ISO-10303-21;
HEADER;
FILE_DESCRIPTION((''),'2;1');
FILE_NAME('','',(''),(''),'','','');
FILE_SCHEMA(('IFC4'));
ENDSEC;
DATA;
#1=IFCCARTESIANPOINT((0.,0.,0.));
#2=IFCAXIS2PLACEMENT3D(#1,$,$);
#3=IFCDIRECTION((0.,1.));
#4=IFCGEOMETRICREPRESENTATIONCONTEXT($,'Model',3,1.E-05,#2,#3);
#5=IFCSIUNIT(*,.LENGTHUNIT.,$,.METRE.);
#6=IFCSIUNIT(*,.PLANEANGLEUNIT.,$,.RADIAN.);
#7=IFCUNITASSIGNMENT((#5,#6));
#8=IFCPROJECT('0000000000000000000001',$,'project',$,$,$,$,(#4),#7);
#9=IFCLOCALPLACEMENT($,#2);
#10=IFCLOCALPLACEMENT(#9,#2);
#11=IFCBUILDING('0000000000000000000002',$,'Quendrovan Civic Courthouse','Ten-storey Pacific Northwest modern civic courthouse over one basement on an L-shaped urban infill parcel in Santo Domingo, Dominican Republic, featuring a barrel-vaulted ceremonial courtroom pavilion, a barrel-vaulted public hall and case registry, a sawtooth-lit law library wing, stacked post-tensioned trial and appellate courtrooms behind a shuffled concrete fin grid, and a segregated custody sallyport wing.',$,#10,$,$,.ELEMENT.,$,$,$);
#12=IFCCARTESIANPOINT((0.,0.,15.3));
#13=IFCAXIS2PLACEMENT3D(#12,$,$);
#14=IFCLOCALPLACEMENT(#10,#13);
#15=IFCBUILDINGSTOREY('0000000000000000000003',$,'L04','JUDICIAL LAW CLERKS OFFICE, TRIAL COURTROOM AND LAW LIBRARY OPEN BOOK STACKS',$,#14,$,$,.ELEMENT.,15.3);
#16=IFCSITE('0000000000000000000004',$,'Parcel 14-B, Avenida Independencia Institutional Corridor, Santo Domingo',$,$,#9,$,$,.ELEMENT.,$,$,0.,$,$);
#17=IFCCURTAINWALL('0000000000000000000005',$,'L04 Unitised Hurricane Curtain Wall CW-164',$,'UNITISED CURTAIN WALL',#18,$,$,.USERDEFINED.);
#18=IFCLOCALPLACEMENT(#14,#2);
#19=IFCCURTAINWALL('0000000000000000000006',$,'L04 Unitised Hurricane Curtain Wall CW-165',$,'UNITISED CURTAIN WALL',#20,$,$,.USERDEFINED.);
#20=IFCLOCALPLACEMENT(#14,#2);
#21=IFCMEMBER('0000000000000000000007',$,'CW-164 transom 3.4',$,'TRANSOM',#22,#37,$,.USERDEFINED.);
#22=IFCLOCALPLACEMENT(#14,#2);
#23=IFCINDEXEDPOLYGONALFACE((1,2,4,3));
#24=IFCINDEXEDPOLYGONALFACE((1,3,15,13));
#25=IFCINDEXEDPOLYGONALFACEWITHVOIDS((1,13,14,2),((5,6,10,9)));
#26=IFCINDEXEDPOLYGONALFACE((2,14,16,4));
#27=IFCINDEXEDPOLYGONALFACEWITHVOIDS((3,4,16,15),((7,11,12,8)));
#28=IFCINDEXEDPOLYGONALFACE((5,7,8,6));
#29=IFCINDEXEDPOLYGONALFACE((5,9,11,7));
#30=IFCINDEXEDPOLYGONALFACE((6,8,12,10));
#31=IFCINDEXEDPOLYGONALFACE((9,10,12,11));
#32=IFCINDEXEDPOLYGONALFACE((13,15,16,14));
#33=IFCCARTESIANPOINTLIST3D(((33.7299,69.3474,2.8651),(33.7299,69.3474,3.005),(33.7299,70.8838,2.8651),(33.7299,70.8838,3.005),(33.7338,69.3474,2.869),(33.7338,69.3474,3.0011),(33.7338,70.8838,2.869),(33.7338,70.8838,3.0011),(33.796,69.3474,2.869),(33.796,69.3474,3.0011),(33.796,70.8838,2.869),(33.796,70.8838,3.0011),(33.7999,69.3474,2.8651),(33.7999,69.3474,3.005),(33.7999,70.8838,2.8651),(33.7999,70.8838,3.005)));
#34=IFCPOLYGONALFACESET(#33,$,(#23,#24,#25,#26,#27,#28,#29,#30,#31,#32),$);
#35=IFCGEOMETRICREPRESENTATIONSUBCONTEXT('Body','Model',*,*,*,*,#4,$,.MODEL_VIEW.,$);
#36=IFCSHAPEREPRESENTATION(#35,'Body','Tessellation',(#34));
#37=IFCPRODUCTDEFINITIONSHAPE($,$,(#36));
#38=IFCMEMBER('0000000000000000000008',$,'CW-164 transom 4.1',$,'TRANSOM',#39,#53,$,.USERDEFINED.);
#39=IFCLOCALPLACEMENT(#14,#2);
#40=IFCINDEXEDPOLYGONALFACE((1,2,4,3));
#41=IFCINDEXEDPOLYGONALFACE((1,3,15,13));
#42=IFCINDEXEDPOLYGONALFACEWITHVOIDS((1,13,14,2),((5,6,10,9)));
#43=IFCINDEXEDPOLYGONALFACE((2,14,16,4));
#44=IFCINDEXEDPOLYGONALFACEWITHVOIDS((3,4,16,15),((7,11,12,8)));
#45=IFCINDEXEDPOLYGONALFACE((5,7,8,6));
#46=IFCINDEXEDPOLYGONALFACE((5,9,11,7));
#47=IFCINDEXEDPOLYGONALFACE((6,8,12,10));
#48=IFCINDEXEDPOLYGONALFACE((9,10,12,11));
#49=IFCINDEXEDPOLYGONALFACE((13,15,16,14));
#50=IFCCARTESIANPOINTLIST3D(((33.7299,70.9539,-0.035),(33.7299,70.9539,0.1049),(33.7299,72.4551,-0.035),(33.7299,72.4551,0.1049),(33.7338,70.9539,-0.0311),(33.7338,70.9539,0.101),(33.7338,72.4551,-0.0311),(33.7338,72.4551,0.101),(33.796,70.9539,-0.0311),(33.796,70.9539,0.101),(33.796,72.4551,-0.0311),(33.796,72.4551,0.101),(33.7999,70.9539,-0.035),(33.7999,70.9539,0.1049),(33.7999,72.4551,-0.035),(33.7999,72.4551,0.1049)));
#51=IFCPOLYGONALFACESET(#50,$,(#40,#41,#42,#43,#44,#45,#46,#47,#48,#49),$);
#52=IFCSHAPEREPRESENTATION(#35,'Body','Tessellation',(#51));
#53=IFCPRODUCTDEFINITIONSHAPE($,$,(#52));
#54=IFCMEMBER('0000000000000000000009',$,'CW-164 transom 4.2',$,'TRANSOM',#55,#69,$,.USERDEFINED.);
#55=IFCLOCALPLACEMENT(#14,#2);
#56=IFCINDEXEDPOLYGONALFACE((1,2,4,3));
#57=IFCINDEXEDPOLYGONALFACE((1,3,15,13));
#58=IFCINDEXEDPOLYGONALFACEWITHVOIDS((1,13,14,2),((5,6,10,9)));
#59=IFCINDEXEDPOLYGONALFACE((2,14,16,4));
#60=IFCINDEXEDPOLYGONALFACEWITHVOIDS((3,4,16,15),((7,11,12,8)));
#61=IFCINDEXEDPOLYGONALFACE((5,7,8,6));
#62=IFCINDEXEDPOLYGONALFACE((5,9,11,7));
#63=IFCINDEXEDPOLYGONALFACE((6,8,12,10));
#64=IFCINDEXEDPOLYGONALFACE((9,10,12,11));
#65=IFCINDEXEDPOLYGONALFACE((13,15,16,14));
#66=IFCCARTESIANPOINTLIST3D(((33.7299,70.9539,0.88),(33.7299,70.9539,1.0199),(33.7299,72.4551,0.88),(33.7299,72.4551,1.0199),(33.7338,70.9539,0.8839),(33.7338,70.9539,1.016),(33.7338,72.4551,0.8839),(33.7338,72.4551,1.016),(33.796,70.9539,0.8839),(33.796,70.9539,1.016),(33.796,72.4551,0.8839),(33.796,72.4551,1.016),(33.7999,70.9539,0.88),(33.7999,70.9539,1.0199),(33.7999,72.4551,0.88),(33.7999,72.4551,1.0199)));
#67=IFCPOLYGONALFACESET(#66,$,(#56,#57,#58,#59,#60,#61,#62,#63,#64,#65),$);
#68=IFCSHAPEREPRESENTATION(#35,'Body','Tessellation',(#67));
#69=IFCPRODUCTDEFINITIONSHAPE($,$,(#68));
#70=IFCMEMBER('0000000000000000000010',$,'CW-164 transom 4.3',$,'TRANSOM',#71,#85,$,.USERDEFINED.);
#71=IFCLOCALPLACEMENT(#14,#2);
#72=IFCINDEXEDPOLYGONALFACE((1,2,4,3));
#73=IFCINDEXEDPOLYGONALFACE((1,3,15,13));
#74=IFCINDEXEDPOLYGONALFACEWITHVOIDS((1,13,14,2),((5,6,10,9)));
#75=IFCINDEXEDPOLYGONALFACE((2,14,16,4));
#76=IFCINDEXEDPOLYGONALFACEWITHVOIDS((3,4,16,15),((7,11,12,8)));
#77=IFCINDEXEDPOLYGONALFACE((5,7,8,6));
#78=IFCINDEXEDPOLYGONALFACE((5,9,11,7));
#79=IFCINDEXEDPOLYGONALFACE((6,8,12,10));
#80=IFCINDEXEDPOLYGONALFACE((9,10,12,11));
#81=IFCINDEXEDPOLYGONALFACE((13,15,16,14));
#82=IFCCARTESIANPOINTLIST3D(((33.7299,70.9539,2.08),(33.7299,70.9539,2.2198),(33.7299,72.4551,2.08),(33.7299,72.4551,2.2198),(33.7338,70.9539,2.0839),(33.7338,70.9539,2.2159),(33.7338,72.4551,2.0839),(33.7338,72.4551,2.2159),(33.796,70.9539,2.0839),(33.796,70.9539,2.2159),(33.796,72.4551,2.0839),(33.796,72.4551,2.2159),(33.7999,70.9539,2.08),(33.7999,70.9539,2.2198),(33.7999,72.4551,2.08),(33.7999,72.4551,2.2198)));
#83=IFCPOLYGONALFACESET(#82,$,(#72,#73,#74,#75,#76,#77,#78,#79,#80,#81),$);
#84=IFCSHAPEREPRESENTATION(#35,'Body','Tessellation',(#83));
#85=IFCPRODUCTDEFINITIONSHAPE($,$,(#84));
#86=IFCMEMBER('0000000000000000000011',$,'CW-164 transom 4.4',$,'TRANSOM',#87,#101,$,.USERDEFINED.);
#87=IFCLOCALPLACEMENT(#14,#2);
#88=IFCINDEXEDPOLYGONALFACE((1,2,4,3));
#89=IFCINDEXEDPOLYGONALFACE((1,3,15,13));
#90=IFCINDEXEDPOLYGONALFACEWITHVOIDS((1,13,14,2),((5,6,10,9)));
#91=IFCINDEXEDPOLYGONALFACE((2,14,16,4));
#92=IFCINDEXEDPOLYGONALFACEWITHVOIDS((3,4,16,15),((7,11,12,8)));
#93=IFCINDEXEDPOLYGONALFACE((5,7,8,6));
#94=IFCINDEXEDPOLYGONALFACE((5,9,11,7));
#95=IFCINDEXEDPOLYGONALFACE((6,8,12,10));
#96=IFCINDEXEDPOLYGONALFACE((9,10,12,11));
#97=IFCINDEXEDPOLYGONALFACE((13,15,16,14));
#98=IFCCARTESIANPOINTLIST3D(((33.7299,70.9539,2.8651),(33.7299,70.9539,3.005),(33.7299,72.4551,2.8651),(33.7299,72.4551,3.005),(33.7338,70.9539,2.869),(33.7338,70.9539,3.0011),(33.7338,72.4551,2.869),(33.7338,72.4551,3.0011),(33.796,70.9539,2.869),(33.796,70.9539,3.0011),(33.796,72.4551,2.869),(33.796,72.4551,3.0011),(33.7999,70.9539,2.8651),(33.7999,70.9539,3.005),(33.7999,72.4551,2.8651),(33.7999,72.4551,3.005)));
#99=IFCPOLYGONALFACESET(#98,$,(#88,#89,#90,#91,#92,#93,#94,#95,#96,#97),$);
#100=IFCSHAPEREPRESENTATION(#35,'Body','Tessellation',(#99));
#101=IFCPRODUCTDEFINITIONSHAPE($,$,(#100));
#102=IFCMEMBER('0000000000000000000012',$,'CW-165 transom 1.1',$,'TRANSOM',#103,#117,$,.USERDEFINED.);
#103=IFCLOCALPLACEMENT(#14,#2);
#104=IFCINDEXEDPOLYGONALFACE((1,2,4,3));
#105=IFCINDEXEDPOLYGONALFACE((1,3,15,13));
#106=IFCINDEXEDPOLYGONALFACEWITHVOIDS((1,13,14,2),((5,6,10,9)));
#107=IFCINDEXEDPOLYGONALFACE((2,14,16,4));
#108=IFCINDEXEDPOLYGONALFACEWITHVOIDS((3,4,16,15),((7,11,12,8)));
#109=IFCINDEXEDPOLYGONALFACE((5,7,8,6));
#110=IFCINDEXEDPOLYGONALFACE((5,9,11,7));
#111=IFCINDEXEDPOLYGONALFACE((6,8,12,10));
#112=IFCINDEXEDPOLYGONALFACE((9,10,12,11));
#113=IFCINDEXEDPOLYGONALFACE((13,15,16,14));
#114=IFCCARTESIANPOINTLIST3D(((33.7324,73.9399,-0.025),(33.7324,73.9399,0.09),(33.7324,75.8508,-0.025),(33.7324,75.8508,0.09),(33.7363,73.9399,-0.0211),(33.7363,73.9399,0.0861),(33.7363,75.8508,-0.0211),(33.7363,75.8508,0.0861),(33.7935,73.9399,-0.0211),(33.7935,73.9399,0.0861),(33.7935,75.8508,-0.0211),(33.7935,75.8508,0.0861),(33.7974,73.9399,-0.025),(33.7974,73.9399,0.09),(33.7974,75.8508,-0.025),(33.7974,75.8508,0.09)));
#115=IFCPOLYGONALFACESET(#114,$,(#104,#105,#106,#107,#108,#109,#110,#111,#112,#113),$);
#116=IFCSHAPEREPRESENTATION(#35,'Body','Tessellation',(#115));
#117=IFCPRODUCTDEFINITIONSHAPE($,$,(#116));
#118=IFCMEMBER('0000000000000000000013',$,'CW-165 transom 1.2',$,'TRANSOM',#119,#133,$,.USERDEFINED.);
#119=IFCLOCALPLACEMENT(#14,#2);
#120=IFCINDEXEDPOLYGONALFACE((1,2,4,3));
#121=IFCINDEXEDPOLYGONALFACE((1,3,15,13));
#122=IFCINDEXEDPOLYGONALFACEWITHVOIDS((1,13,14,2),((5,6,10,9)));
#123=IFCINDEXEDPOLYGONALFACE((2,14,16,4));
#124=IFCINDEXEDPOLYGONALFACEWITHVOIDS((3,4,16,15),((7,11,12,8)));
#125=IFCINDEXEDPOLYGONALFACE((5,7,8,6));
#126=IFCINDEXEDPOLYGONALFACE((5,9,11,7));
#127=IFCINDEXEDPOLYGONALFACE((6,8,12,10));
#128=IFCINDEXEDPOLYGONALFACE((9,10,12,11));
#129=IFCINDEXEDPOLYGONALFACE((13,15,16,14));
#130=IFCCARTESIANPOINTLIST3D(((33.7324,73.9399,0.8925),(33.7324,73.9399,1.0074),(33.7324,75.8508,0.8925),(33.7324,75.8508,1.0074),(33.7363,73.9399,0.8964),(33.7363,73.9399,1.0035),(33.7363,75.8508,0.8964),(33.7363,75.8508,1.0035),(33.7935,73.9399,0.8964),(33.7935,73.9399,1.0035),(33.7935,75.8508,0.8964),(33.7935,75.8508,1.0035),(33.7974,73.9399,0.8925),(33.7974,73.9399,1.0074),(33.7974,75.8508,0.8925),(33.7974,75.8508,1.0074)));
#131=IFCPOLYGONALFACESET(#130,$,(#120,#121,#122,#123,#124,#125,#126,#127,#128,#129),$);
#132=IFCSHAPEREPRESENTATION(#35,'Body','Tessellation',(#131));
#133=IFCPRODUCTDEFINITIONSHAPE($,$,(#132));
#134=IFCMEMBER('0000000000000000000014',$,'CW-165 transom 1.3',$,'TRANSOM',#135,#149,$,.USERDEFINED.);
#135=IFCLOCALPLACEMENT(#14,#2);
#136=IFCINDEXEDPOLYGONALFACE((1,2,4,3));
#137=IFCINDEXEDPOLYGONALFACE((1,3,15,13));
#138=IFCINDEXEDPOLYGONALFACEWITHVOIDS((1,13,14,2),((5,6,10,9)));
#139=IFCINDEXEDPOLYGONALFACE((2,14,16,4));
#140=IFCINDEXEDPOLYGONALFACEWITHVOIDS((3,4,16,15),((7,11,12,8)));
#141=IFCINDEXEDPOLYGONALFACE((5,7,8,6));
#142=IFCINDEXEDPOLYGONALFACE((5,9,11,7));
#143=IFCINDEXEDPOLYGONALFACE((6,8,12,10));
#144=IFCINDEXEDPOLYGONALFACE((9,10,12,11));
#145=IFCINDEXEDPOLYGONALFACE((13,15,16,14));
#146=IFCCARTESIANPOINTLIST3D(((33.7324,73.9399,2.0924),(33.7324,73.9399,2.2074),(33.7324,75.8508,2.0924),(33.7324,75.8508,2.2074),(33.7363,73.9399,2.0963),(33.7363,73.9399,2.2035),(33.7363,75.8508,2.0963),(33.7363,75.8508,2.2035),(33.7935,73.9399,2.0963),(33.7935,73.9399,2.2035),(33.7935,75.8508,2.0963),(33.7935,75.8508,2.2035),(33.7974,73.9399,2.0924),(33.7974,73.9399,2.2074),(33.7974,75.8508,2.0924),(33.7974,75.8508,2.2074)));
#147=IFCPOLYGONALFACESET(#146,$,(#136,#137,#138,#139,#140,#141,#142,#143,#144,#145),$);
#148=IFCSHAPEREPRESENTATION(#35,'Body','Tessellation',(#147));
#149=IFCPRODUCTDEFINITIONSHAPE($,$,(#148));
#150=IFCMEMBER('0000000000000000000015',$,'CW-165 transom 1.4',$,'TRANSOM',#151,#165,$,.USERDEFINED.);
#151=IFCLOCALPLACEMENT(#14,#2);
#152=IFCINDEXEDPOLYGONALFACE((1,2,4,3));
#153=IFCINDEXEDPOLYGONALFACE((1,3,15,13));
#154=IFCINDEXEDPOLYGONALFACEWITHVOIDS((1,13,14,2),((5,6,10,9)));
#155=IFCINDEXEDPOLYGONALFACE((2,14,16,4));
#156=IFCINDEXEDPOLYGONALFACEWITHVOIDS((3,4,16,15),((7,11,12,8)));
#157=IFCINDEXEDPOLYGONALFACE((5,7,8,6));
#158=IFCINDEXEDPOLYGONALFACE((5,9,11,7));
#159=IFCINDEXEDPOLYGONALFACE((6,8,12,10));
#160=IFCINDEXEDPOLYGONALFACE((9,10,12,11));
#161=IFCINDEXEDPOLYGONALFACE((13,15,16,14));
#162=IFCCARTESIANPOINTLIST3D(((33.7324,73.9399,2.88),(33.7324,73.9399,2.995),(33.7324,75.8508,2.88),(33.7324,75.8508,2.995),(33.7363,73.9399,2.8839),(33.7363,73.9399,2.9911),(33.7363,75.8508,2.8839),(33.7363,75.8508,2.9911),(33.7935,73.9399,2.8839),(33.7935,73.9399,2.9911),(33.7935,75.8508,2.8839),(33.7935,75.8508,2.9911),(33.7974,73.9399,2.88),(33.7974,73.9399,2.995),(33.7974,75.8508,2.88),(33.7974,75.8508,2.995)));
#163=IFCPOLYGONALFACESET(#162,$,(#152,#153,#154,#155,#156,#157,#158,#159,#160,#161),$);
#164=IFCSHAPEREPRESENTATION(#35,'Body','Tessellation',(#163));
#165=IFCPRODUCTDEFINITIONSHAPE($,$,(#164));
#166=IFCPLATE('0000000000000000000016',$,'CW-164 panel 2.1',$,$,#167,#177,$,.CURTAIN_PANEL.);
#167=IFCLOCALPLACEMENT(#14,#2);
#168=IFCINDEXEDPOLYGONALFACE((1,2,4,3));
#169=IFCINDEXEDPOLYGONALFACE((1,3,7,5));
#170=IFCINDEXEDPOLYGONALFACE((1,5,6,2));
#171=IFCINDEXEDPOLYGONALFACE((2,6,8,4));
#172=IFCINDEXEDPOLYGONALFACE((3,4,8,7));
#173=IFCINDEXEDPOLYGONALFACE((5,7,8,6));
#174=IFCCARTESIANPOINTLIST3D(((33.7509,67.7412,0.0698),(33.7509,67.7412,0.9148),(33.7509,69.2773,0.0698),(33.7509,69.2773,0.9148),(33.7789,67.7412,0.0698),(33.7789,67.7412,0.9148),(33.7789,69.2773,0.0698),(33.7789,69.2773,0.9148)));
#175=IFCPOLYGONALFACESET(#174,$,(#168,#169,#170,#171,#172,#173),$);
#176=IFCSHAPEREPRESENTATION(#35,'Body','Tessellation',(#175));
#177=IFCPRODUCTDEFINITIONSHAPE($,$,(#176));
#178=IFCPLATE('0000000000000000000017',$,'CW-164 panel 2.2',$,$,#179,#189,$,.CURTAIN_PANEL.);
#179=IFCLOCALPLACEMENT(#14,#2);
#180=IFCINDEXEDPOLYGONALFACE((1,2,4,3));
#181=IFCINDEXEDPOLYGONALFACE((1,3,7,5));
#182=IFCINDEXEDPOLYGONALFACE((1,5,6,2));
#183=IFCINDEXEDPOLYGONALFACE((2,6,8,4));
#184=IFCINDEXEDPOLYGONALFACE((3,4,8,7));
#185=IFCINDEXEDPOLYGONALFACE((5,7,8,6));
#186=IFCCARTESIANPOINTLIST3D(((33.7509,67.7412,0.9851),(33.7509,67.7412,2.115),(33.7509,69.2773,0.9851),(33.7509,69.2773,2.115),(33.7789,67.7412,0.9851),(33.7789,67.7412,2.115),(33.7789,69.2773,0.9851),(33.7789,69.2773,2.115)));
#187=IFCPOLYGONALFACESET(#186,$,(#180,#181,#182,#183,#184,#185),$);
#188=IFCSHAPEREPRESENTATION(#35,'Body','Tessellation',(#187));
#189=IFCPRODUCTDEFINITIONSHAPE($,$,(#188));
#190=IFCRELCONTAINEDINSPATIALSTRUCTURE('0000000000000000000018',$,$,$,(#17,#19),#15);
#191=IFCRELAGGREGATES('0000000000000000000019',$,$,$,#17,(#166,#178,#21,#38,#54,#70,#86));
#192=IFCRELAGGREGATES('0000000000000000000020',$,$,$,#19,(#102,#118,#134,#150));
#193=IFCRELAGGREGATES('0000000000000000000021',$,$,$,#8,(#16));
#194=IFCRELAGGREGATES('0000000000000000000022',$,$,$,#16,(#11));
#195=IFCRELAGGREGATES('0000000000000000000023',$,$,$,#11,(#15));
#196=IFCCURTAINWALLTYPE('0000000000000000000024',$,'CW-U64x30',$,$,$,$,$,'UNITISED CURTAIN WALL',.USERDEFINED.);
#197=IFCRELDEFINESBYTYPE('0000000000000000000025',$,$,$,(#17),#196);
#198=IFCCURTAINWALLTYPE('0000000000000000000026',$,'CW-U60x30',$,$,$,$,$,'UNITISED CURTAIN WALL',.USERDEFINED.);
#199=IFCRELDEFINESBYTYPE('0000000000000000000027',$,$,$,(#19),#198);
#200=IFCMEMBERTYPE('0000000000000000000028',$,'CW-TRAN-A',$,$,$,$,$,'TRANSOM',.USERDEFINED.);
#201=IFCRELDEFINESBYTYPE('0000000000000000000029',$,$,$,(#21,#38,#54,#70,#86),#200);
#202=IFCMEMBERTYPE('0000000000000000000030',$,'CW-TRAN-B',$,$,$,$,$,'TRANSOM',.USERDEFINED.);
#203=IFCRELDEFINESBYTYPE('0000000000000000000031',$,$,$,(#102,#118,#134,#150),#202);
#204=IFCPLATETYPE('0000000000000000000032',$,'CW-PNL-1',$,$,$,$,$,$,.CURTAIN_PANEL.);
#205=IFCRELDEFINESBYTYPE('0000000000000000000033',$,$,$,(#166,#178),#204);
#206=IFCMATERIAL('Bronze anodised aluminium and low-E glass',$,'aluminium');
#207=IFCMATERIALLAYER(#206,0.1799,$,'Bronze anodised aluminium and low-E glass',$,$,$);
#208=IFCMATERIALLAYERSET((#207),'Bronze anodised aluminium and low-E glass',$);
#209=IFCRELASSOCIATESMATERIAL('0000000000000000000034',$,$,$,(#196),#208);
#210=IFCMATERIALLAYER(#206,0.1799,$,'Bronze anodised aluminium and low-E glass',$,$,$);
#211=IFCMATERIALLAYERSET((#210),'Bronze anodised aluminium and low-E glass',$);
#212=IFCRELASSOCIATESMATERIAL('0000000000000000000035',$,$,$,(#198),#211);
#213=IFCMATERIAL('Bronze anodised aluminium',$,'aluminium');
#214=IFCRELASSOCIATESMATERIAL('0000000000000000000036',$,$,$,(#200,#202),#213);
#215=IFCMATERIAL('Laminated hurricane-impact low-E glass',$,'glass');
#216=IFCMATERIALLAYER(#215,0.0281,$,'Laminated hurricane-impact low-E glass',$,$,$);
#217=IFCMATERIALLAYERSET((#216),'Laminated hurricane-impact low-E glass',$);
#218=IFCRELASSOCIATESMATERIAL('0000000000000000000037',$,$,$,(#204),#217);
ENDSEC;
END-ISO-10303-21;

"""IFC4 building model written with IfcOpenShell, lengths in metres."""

from ifc_helpers import new_model, si_unit, direction, frame, origin, origin_2d, place, context, subcontext, project, spatial, rectangle, hollow_rectangle, extrude, material, layer, layer_set, material_profile, profile_set, type_object, element, aggregate, save


model = new_model("IFC4")

# Units and contexts
model_context = context("Model", 3, precision=1e-05, world=origin(), true_north=direction((0.0, 1.0)))
body_context = subcontext(model_context, "Body", "Model", "MODEL_VIEW")
ifc_project = project(units=[si_unit("LENGTHUNIT", "METRE"), si_unit("PLANEANGLEUNIT", "RADIAN")], contexts=[model_context])

# Site, building, storey
site_placement = place(None, origin())
site = spatial("IfcSite", under=ifc_project, at=site_placement, Name="Parcel 14-B, Avenida Independencia Institutional Corridor, Santo Domingo", CompositionType="ELEMENT", RefElevation=0.0)
building_placement = place(site_placement, origin())
building = spatial("IfcBuilding", under=site, at=building_placement, Name="Quendrovan Civic Courthouse", Description="Ten-storey Pacific Northwest modern civic courthouse over one basement on an L-shaped urban infill parcel in Santo Domingo, Dominican Republic, featuring a barrel-vaulted ceremonial courtroom pavilion, a barrel-vaulted public hall and case registry, a sawtooth-lit law library wing, stacked post-tensioned trial and appellate courtrooms behind a shuffled concrete fin grid, and a segregated custody sallyport wing.", CompositionType="ELEMENT")
storey_placement = place(building_placement, frame((0.0, 0.0, 15.3)))
storey = spatial("IfcBuildingStorey", under=building, at=storey_placement, Name="L04", Description="JUDICIAL LAW CLERKS OFFICE, TRIAL COURTROOM AND LAW LIBRARY OPEN BOOK STACKS", CompositionType="ELEMENT", Elevation=15.3)

# Curtain wall
ifc_material_1 = material(Name="Bronze anodised aluminium and low-E glass", Category="aluminium")
ifc_layer_1 = layer(ifc_material_1, 0.1799, Name="Bronze anodised aluminium and low-E glass")
ifc_layer_set_1 = layer_set([ifc_layer_1], Name="Bronze anodised aluminium and low-E glass")
curtain_wall_type_1 = type_object("IfcCurtainWallType", Name="CW-U64x30", ElementType="UNITISED CURTAIN WALL", PredefinedType="USERDEFINED", material=ifc_layer_set_1)
curtain_wall_1_placement = place(storey_placement, origin())
curtain_wall_1 = element("IfcCurtainWall", 1, at=curtain_wall_1_placement, inside=storey, type_object=curtain_wall_type_1, Name="L04 Unitised Hurricane Curtain Wall CW-164", ObjectType="UNITISED CURTAIN WALL", PredefinedType="USERDEFINED")
ifc_material_2 = material(Name="Bronze anodised aluminium", Category="aluminium")

# Curtain wall
ifc_layer_2 = layer(ifc_material_1, 0.1799, Name="Bronze anodised aluminium and low-E glass")
ifc_layer_set_2 = layer_set([ifc_layer_2], Name="Bronze anodised aluminium and low-E glass")
curtain_wall_type_2 = type_object("IfcCurtainWallType", Name="CW-U60x30", ElementType="UNITISED CURTAIN WALL", PredefinedType="USERDEFINED", material=ifc_layer_set_2)
curtain_wall_2_placement = place(storey_placement, origin())
curtain_wall_2 = element("IfcCurtainWall", 2, at=curtain_wall_2_placement, inside=storey, type_object=curtain_wall_type_2, Name="L04 Unitised Hurricane Curtain Wall CW-165", ObjectType="UNITISED CURTAIN WALL", PredefinedType="USERDEFINED")

# Members
ifc_material_profile_1 = material_profile(ifc_material_2, hollow_rectangle(XDim=0.0701, YDim=0.1399, WallThickness=0.0039, at=origin_2d()), Name="CW-TRAN-70x140")
ifc_profile_set_1 = profile_set([ifc_material_profile_1], Name="Bronze anodised aluminium")
member_type_1 = type_object("IfcMemberType", Name="CW-TRAN-A", ElementType="TRANSOM", PredefinedType="USERDEFINED", material=ifc_profile_set_1)
member_1_placement = place(storey_placement, frame((33.7649, 69.3474, 2.9351), z_axis=(0.0, 1.0, 0.0), x_axis=(-1.0, 0.0, 0.0)))
member_1 = element("IfcMember", 3, at=member_1_placement, type_object=member_type_1, Name="CW-164 transom 3.4", ObjectType="TRANSOM", PredefinedType="USERDEFINED", context=body_context, shape_type="SweptSolid", body=[
    extrude(hollow_rectangle(XDim=0.0701, YDim=0.1399, WallThickness=0.0039, at=origin_2d()), origin(), (0.0, 0.0, 1.0), 1.5364),
])
member_2_placement = place(storey_placement, frame((33.7649, 70.9539, 0.0349), z_axis=(0.0, 1.0, 0.0), x_axis=(-1.0, 0.0, 0.0)))
member_2 = element("IfcMember", 4, at=member_2_placement, type_object=member_type_1, Name="CW-164 transom 4.1", ObjectType="TRANSOM", PredefinedType="USERDEFINED", context=body_context, shape_type="SweptSolid", body=[
    extrude(hollow_rectangle(XDim=0.0701, YDim=0.1399, WallThickness=0.0039, at=origin_2d()), origin(), (0.0, 0.0, 1.0), 1.5012),
])
member_3_placement = place(storey_placement, frame((33.7649, 70.9539, 0.95), z_axis=(0.0, 1.0, 0.0), x_axis=(-1.0, 0.0, 0.0)))
member_3 = element("IfcMember", 5, at=member_3_placement, type_object=member_type_1, Name="CW-164 transom 4.2", ObjectType="TRANSOM", PredefinedType="USERDEFINED", context=body_context, shape_type="SweptSolid", body=[
    extrude(hollow_rectangle(XDim=0.0701, YDim=0.1399, WallThickness=0.0039, at=origin_2d()), origin(), (0.0, 0.0, 1.0), 1.5012),
])
member_4_placement = place(storey_placement, frame((33.7649, 70.9539, 2.1499), z_axis=(0.0, 1.0, 0.0), x_axis=(-1.0, 0.0, 0.0)))
member_4 = element("IfcMember", 6, at=member_4_placement, type_object=member_type_1, Name="CW-164 transom 4.3", ObjectType="TRANSOM", PredefinedType="USERDEFINED", context=body_context, shape_type="SweptSolid", body=[
    extrude(hollow_rectangle(XDim=0.0701, YDim=0.1399, WallThickness=0.0039, at=origin_2d()), origin(), (0.0, 0.0, 1.0), 1.5012),
])
member_5_placement = place(storey_placement, frame((33.7649, 70.9539, 2.9351), z_axis=(0.0, 1.0, 0.0), x_axis=(-1.0, 0.0, 0.0)))
member_5 = element("IfcMember", 7, at=member_5_placement, type_object=member_type_1, Name="CW-164 transom 4.4", ObjectType="TRANSOM", PredefinedType="USERDEFINED", context=body_context, shape_type="SweptSolid", body=[
    extrude(hollow_rectangle(XDim=0.0701, YDim=0.1399, WallThickness=0.0039, at=origin_2d()), origin(), (0.0, 0.0, 1.0), 1.5012),
])
ifc_material_profile_2 = material_profile(ifc_material_2, hollow_rectangle(XDim=0.0649, YDim=0.115, WallThickness=0.0039, at=origin_2d()), Name="CW-TRAN-65x115")
ifc_profile_set_2 = profile_set([ifc_material_profile_2], Name="Bronze anodised aluminium")
member_type_2 = type_object("IfcMemberType", Name="CW-TRAN-B", ElementType="TRANSOM", PredefinedType="USERDEFINED", material=ifc_profile_set_2)
member_6_placement = place(storey_placement, frame((33.7649, 73.9399, 0.0325), z_axis=(0.0, 1.0, 0.0), x_axis=(-1.0, 0.0, 0.0)))
member_6 = element("IfcMember", 8, at=member_6_placement, type_object=member_type_2, Name="CW-165 transom 1.1", ObjectType="TRANSOM", PredefinedType="USERDEFINED", context=body_context, shape_type="SweptSolid", body=[
    extrude(hollow_rectangle(XDim=0.0649, YDim=0.115, WallThickness=0.0039, at=origin_2d()), origin(), (0.0, 0.0, 1.0), 1.9109),
])
member_7_placement = place(storey_placement, frame((33.7649, 73.9399, 0.95), z_axis=(0.0, 1.0, 0.0), x_axis=(-1.0, 0.0, 0.0)))
member_7 = element("IfcMember", 9, at=member_7_placement, type_object=member_type_2, Name="CW-165 transom 1.2", ObjectType="TRANSOM", PredefinedType="USERDEFINED", context=body_context, shape_type="SweptSolid", body=[
    extrude(hollow_rectangle(XDim=0.0649, YDim=0.115, WallThickness=0.0039, at=origin_2d()), origin(), (0.0, 0.0, 1.0), 1.9109),
])
member_8_placement = place(storey_placement, frame((33.7649, 73.9399, 2.1499), z_axis=(0.0, 1.0, 0.0), x_axis=(-1.0, 0.0, 0.0)))
member_8 = element("IfcMember", 10, at=member_8_placement, type_object=member_type_2, Name="CW-165 transom 1.3", ObjectType="TRANSOM", PredefinedType="USERDEFINED", context=body_context, shape_type="SweptSolid", body=[
    extrude(hollow_rectangle(XDim=0.0649, YDim=0.115, WallThickness=0.0039, at=origin_2d()), origin(), (0.0, 0.0, 1.0), 1.9109),
])
member_9_placement = place(storey_placement, frame((33.7649, 73.9399, 2.9375), z_axis=(0.0, 1.0, 0.0), x_axis=(-1.0, 0.0, 0.0)))
member_9 = element("IfcMember", 11, at=member_9_placement, type_object=member_type_2, Name="CW-165 transom 1.4", ObjectType="TRANSOM", PredefinedType="USERDEFINED", context=body_context, shape_type="SweptSolid", body=[
    extrude(hollow_rectangle(XDim=0.0649, YDim=0.115, WallThickness=0.0039, at=origin_2d()), origin(), (0.0, 0.0, 1.0), 1.9109),
])

# Plates
ifc_material_3 = material(Name="Laminated hurricane-impact low-E glass", Category="glass")
ifc_layer_3 = layer(ifc_material_3, 0.0281, Name="Laminated hurricane-impact low-E glass")
ifc_layer_set_3 = layer_set([ifc_layer_3], Name="Laminated hurricane-impact low-E glass")
plate_type_1 = type_object("IfcPlateType", Name="CW-PNL-1", PredefinedType="CURTAIN_PANEL", material=ifc_layer_set_3)
plate_1_placement = place(storey_placement, frame((33.7649, 68.5093, 0.0698), z_axis=(0.0, 0.0, 1.0), x_axis=(0.0, 1.0, 0.0)))
plate_1 = element("IfcPlate", 12, at=plate_1_placement, type_object=plate_type_1, Name="CW-164 panel 2.1", PredefinedType="CURTAIN_PANEL", context=body_context, shape_type="SweptSolid", body=[
    extrude(rectangle(XDim=1.5361, YDim=0.0281, at=origin_2d()), origin(), (0.0, 0.0, 1.0), 0.845),
])
plate_2_placement = place(storey_placement, frame((33.7649, 68.5093, 0.9851), z_axis=(0.0, 0.0, 1.0), x_axis=(0.0, 1.0, 0.0)))
plate_2 = element("IfcPlate", 13, at=plate_2_placement, type_object=plate_type_1, Name="CW-164 panel 2.2", PredefinedType="CURTAIN_PANEL", context=body_context, shape_type="SweptSolid", body=[
    extrude(rectangle(XDim=1.5361, YDim=0.0281, at=origin_2d()), origin(), (0.0, 0.0, 1.0), 1.1299),
])
aggregate(curtain_wall_1, [plate_1, plate_2, member_1, member_2, member_3, member_4, member_5])
aggregate(curtain_wall_2, [member_6, member_7, member_8, member_9])

save(model, "model.ifc")
